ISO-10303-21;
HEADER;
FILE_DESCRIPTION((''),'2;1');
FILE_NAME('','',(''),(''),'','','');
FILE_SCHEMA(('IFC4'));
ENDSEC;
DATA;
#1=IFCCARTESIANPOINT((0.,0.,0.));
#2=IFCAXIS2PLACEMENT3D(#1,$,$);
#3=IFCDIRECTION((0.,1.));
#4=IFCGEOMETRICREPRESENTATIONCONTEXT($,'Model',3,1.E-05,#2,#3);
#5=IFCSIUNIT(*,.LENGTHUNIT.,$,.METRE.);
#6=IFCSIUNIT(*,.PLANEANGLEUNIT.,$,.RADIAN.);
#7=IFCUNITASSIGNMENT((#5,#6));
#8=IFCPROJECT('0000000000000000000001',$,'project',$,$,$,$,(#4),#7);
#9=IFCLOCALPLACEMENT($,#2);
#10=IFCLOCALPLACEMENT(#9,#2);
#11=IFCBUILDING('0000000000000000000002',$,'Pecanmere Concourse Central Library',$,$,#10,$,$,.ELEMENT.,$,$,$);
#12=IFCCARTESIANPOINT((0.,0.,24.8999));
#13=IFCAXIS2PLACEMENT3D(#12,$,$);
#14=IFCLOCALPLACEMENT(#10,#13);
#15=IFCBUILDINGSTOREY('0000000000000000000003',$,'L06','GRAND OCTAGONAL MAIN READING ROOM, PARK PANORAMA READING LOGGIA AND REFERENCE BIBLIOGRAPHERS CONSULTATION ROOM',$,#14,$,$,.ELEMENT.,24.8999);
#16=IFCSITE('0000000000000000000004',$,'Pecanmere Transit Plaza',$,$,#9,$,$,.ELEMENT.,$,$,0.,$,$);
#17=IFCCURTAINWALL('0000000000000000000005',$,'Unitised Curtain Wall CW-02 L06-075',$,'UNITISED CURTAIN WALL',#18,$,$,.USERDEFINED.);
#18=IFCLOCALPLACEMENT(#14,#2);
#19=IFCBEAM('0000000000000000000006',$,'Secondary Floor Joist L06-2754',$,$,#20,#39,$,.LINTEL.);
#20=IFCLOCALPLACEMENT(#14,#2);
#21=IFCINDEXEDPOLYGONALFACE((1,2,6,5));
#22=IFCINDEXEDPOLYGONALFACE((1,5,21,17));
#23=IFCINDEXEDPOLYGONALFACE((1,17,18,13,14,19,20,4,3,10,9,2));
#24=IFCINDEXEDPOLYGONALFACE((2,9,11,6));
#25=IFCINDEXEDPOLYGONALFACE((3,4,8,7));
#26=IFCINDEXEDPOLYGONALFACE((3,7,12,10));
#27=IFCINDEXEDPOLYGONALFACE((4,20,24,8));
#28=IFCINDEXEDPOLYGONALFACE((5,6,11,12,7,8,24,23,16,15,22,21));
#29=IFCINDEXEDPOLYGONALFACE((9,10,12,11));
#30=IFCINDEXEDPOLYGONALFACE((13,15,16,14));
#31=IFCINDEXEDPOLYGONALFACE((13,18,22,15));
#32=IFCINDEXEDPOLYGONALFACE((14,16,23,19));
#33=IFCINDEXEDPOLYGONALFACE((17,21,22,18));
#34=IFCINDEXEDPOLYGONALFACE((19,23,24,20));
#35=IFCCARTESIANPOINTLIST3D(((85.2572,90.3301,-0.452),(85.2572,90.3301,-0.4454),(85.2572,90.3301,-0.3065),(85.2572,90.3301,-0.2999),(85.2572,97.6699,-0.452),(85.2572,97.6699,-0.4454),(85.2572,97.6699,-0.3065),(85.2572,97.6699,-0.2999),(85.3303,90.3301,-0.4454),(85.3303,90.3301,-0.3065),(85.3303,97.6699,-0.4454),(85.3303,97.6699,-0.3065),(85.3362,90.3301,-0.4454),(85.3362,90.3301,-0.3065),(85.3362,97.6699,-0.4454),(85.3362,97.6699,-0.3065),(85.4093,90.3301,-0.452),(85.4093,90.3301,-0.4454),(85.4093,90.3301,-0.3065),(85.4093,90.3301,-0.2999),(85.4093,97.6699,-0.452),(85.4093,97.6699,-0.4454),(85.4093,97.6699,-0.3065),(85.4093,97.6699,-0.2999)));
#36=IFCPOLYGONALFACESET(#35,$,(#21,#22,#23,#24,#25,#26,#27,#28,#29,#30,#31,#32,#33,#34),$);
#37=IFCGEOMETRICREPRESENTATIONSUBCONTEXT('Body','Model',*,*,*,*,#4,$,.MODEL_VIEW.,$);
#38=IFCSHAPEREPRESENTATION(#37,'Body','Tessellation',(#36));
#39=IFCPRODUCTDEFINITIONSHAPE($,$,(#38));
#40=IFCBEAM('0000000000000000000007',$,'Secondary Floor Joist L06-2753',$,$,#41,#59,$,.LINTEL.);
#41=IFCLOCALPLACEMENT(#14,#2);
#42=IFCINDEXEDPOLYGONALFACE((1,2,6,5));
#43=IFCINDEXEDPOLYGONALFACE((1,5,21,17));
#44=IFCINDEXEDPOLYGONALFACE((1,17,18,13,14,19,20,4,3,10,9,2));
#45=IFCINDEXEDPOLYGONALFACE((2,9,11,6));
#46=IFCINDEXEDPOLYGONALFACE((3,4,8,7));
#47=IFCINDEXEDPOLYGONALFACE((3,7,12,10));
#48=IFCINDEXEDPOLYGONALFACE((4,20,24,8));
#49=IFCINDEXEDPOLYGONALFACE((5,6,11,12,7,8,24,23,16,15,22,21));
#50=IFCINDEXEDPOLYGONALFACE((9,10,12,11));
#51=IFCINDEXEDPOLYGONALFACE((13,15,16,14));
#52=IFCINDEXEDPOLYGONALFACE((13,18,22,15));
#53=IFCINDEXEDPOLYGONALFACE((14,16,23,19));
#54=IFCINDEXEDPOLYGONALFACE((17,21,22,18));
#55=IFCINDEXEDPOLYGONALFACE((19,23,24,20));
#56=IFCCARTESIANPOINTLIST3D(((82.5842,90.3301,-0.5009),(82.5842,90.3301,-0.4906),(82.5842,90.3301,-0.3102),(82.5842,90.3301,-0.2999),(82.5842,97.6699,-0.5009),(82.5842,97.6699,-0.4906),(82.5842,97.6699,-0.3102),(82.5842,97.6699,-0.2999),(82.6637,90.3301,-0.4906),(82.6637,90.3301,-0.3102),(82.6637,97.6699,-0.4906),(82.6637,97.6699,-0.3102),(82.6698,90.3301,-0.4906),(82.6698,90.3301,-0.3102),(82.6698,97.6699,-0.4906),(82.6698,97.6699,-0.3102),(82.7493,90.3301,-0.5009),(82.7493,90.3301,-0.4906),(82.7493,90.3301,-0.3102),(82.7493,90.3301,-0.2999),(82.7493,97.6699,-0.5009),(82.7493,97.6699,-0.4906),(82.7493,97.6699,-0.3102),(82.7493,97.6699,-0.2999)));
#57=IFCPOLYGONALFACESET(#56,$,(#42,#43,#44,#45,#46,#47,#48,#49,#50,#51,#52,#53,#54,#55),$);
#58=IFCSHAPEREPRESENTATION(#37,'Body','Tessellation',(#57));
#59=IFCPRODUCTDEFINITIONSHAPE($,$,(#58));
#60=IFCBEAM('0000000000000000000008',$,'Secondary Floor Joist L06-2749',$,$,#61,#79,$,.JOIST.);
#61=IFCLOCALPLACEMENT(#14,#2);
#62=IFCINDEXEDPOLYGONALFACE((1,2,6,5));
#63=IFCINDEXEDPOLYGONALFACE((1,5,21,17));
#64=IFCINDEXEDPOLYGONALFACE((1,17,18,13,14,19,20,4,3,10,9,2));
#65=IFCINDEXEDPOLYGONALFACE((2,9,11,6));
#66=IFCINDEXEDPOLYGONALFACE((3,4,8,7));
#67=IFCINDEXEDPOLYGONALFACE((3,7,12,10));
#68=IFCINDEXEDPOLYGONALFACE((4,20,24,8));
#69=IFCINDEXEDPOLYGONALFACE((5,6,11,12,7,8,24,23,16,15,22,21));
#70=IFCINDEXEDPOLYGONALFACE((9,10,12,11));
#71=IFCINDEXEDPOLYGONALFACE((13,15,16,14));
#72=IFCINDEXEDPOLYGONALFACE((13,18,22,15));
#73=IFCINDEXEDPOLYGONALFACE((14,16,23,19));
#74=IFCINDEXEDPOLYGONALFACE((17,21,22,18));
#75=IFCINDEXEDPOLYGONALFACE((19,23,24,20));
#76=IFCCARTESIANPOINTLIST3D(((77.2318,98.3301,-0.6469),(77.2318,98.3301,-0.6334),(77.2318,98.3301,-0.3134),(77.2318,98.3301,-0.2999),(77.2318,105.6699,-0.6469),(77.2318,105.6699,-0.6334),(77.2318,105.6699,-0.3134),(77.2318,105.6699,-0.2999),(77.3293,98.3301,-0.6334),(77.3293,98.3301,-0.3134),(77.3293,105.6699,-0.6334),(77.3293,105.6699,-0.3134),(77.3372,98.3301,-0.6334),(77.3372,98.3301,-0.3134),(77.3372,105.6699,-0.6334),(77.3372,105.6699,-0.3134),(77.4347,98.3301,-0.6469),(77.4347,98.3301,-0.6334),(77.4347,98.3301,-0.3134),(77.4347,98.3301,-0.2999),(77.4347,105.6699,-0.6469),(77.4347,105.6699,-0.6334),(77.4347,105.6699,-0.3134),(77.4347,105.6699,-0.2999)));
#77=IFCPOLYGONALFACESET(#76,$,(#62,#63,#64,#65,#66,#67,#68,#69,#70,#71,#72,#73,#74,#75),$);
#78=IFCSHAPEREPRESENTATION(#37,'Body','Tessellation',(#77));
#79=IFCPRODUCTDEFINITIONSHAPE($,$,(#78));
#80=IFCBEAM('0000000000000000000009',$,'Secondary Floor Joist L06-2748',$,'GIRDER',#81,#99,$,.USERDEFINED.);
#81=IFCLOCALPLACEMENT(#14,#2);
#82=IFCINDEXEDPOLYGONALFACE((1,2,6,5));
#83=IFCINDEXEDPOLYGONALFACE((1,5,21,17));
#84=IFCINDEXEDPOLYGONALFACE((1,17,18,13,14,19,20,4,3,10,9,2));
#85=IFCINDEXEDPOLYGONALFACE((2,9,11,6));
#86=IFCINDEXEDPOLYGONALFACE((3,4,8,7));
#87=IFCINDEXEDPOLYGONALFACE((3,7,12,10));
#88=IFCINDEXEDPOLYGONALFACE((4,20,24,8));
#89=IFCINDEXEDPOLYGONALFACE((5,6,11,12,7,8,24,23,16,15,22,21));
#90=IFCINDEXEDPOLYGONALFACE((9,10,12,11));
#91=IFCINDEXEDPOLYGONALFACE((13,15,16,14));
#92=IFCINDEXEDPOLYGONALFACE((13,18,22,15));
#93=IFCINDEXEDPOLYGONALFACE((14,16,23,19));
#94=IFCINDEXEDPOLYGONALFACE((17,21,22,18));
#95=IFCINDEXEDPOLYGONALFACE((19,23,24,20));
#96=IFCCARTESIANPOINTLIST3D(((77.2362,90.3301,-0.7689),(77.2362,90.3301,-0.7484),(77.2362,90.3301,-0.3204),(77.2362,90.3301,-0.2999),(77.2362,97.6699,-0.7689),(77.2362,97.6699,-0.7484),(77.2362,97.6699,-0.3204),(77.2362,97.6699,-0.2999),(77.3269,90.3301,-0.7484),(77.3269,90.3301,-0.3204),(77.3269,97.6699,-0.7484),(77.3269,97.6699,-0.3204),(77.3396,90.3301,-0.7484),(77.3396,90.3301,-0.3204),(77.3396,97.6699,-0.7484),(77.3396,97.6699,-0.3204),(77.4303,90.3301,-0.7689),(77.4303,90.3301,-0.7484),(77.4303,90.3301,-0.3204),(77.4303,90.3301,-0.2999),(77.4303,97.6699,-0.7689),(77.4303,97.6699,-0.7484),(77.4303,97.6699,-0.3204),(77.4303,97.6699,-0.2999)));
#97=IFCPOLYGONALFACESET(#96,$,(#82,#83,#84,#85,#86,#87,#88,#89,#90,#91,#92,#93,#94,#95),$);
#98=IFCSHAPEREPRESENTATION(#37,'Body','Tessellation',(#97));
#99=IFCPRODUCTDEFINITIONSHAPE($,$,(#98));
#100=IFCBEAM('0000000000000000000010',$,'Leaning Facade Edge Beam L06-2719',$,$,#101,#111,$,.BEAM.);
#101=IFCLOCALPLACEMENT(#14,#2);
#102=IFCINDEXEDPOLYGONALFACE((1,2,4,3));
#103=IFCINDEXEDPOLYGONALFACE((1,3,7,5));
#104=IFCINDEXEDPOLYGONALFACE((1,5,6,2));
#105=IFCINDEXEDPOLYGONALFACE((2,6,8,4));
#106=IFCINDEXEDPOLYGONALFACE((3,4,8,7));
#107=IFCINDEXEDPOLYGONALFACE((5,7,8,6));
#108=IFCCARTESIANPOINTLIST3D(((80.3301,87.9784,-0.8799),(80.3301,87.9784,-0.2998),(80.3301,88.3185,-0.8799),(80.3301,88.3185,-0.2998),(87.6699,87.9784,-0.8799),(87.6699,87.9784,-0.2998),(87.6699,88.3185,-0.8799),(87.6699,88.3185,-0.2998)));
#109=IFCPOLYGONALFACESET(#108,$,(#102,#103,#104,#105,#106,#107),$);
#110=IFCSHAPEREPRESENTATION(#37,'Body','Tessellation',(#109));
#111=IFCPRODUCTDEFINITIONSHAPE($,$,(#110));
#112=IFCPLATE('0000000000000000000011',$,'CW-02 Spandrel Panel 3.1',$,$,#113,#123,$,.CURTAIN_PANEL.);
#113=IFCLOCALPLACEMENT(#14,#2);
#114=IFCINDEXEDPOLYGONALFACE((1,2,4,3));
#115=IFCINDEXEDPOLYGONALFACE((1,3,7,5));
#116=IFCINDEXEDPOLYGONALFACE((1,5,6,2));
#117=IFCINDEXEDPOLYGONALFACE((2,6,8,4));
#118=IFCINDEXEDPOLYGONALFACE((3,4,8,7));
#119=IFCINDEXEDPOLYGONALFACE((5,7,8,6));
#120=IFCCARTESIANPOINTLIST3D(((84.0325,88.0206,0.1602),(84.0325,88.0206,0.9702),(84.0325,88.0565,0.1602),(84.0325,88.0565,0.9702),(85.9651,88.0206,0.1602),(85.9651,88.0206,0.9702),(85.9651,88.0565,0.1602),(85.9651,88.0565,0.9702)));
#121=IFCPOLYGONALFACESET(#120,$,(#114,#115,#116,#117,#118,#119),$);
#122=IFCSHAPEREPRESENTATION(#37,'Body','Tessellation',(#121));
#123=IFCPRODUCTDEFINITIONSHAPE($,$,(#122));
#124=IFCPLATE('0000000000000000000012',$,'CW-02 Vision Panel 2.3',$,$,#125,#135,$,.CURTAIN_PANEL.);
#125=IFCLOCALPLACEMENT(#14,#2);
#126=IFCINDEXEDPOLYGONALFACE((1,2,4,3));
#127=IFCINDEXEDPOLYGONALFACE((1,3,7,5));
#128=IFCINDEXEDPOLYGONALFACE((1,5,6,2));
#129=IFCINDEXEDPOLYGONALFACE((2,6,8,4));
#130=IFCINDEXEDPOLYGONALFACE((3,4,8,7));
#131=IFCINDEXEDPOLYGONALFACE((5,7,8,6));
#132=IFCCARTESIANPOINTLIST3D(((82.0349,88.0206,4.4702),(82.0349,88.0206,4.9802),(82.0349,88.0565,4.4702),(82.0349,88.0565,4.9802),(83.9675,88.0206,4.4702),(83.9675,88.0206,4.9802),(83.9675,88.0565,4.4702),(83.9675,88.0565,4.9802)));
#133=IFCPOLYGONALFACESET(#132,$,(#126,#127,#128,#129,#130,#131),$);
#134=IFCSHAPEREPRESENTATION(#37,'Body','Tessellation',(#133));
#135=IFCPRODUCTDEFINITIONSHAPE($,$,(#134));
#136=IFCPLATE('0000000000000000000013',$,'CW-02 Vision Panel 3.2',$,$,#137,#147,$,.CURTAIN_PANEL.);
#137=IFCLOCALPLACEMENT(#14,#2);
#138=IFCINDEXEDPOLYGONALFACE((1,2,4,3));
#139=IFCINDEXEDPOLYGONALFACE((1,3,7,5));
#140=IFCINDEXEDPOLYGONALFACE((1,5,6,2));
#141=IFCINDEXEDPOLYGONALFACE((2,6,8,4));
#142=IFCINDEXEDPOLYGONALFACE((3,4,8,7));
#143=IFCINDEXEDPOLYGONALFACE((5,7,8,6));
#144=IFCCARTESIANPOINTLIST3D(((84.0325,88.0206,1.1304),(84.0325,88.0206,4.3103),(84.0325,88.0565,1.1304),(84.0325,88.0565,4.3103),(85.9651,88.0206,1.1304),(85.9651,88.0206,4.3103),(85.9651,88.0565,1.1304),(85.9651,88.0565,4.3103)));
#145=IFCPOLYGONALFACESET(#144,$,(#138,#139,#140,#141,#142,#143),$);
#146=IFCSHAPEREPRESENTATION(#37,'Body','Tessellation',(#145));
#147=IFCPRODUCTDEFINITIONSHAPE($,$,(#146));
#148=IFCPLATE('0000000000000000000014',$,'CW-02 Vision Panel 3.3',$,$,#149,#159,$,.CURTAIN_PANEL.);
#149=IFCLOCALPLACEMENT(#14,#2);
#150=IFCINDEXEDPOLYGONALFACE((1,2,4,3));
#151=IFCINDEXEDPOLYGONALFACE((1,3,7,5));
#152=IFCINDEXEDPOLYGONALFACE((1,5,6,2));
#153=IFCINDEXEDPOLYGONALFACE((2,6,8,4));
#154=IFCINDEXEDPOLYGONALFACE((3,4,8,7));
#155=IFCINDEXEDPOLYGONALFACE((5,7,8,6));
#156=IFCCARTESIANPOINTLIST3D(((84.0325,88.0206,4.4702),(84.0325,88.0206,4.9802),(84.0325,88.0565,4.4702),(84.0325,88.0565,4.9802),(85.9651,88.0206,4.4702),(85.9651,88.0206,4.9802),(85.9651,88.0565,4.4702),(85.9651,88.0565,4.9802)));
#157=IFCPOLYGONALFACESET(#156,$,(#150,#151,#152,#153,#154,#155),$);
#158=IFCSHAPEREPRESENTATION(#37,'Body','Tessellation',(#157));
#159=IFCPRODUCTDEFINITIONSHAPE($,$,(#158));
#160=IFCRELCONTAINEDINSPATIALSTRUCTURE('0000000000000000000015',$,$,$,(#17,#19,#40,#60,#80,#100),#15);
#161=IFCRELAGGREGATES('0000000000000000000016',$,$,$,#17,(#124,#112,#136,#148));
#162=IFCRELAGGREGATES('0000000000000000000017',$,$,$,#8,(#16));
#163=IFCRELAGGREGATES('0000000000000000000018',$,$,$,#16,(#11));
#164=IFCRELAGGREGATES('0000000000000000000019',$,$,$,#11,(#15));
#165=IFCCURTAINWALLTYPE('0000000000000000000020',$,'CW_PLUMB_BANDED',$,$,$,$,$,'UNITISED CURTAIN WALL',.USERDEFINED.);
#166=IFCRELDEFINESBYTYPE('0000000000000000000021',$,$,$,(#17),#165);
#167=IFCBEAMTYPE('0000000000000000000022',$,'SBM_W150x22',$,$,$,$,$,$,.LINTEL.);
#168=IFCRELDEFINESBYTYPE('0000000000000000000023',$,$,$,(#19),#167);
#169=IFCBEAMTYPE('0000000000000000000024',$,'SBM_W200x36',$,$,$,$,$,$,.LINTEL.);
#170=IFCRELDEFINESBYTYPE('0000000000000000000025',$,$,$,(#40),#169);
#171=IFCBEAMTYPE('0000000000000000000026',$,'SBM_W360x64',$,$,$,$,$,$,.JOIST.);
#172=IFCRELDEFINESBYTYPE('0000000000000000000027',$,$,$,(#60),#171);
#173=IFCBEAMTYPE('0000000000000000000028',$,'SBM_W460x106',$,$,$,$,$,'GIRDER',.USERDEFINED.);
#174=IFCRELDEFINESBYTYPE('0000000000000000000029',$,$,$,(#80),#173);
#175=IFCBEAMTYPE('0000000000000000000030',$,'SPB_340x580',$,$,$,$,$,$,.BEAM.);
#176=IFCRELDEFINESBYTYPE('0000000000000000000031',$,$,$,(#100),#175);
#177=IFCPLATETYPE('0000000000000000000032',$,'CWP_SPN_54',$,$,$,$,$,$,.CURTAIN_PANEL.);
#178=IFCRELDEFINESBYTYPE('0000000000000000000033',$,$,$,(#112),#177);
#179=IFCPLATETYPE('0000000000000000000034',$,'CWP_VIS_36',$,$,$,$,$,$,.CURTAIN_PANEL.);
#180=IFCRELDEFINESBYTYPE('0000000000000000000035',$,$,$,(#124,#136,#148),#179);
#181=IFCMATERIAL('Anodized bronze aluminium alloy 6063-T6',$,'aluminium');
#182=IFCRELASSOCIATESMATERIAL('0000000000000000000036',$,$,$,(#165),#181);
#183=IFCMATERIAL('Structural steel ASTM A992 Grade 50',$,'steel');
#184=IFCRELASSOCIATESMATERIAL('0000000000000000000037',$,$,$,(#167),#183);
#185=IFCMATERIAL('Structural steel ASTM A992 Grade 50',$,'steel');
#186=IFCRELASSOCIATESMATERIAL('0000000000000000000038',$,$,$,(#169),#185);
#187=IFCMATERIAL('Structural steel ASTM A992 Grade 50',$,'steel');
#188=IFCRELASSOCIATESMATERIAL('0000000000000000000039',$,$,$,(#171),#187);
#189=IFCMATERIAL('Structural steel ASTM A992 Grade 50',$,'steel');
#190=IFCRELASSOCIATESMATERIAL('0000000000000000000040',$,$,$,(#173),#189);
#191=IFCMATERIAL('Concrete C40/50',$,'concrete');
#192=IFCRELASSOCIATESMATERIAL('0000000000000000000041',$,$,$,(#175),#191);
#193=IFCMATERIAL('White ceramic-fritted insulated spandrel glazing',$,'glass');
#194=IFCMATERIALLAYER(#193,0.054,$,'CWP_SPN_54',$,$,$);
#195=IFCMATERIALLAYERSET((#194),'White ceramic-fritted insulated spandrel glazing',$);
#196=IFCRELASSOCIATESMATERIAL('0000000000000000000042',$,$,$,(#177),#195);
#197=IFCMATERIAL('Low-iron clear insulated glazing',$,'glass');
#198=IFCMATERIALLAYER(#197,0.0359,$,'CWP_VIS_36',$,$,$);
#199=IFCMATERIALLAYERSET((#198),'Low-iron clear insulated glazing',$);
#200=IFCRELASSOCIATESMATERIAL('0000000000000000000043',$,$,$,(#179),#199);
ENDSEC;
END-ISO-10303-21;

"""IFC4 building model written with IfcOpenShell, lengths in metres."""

from ifc_helpers import new_model, si_unit, direction, frame, origin, origin_2d, place, context, subcontext, project, spatial, rectangle, i_section, extrude, material, layer, layer_set, material_profile, profile_set, type_object, element, aggregate, save


model = new_model("IFC4")

# Units and contexts
model_context = context("Model", 3, precision=1e-05, world=origin(), true_north=direction((0.0, 1.0)))
body_context = subcontext(model_context, "Body", "Model", "MODEL_VIEW")
ifc_project = project(units=[si_unit("LENGTHUNIT", "METRE"), si_unit("PLANEANGLEUNIT", "RADIAN")], contexts=[model_context])

# Site, building, storey
site_placement = place(None, origin())
site = spatial("IfcSite", under=ifc_project, at=site_placement, Name="Pecanmere Transit Plaza", CompositionType="ELEMENT", RefElevation=0.0)
building_placement = place(site_placement, origin())
building = spatial("IfcBuilding", under=site, at=building_placement, Name="Pecanmere Concourse Central Library", CompositionType="ELEMENT")
storey_placement = place(building_placement, frame((0.0, 0.0, 24.8999)))
storey = spatial("IfcBuildingStorey", under=building, at=storey_placement, Name="L06", Description="GRAND OCTAGONAL MAIN READING ROOM, PARK PANORAMA READING LOGGIA AND REFERENCE BIBLIOGRAPHERS CONSULTATION ROOM", CompositionType="ELEMENT", Elevation=24.8999)

# Curtain wall
ifc_material_1 = material(Name="Anodized bronze aluminium alloy 6063-T6", Category="aluminium")
curtain_wall_type = type_object("IfcCurtainWallType", Name="CW_PLUMB_BANDED", ElementType="UNITISED CURTAIN WALL", PredefinedType="USERDEFINED", material=ifc_material_1)
curtain_wall_placement = place(storey_placement, origin())
curtain_wall = element("IfcCurtainWall", 1, at=curtain_wall_placement, inside=storey, type_object=curtain_wall_type, Name="Unitised Curtain Wall CW-02 L06-075", ObjectType="UNITISED CURTAIN WALL", PredefinedType="USERDEFINED")

# Beams
ifc_material_2 = material(Name="Structural steel ASTM A992 Grade 50", Category="steel")
ifc_material_profile_1 = material_profile(ifc_material_2, i_section(OverallWidth=0.1521, OverallDepth=0.1521, WebThickness=0.0059, FlangeThickness=0.0066, at=origin_2d()), Name="W150x22.5")
ifc_profile_set_1 = profile_set([ifc_material_profile_1], Name="Structural steel ASTM A992 Grade 50")
beam_type_1 = type_object("IfcBeamType", Name="SBM_W150x22", PredefinedType="LINTEL", material=ifc_profile_set_1)
beam_1_placement = place(storey_placement, frame((85.3333, 90.3301, -0.376), z_axis=(0.0, 1.0, 0.0), x_axis=(-1.0, 0.0, 0.0)))
element("IfcBeam", 2, at=beam_1_placement, inside=storey, type_object=beam_type_1, Name="Secondary Floor Joist L06-2754", PredefinedType="LINTEL", context=body_context, shape_type="SweptSolid", body=[
    extrude(i_section(OverallWidth=0.1521, OverallDepth=0.1521, WebThickness=0.0059, FlangeThickness=0.0066, at=origin_2d()), origin(), (0.0, 0.0, 1.0), 7.3398),
])
ifc_material_3 = material(Name="Structural steel ASTM A992 Grade 50", Category="steel")
ifc_material_profile_2 = material_profile(ifc_material_3, i_section(OverallWidth=0.165, OverallDepth=0.2009, WebThickness=0.0061, FlangeThickness=0.0103, at=origin_2d()), Name="W200x35.9")
ifc_profile_set_2 = profile_set([ifc_material_profile_2], Name="Structural steel ASTM A992 Grade 50")
beam_type_2 = type_object("IfcBeamType", Name="SBM_W200x36", PredefinedType="LINTEL", material=ifc_profile_set_2)
beam_2_placement = place(storey_placement, frame((82.6667, 90.3301, -0.4004), z_axis=(0.0, 1.0, 0.0), x_axis=(-1.0, 0.0, 0.0)))
element("IfcBeam", 3, at=beam_2_placement, inside=storey, type_object=beam_type_2, Name="Secondary Floor Joist L06-2753", PredefinedType="LINTEL", context=body_context, shape_type="SweptSolid", body=[
    extrude(i_section(OverallWidth=0.165, OverallDepth=0.2009, WebThickness=0.0061, FlangeThickness=0.0103, at=origin_2d()), origin(), (0.0, 0.0, 1.0), 7.3398),
])
ifc_material_4 = material(Name="Structural steel ASTM A992 Grade 50", Category="steel")
ifc_material_profile_3 = material_profile(ifc_material_4, i_section(OverallWidth=0.2029, OverallDepth=0.3469, WebThickness=0.0078, FlangeThickness=0.0134, at=origin_2d()), Name="W360x64")
ifc_profile_set_3 = profile_set([ifc_material_profile_3], Name="Structural steel ASTM A992 Grade 50")
beam_type_3 = type_object("IfcBeamType", Name="SBM_W360x64", PredefinedType="JOIST", material=ifc_profile_set_3)
beam_3_placement = place(storey_placement, frame((77.3333, 98.3301, -0.4734), z_axis=(0.0, 1.0, 0.0), x_axis=(-1.0, 0.0, 0.0)))
element("IfcBeam", 4, at=beam_3_placement, inside=storey, type_object=beam_type_3, Name="Secondary Floor Joist L06-2749", PredefinedType="JOIST", context=body_context, shape_type="SweptSolid", body=[
    extrude(i_section(OverallWidth=0.2029, OverallDepth=0.3469, WebThickness=0.0078, FlangeThickness=0.0134, at=origin_2d()), origin(), (0.0, 0.0, 1.0), 7.3398),
])
ifc_material_5 = material(Name="Structural steel ASTM A992 Grade 50", Category="steel")
ifc_material_profile_4 = material_profile(ifc_material_5, i_section(OverallWidth=0.1941, OverallDepth=0.469, WebThickness=0.0127, FlangeThickness=0.0205, at=origin_2d()), Name="W460x106")
ifc_profile_set_4 = profile_set([ifc_material_profile_4], Name="Structural steel ASTM A992 Grade 50")
beam_type_4 = type_object("IfcBeamType", Name="SBM_W460x106", ElementType="GIRDER", PredefinedType="USERDEFINED", material=ifc_profile_set_4)
beam_4_placement = place(storey_placement, frame((77.3333, 90.3301, -0.5344), z_axis=(0.0, 1.0, 0.0), x_axis=(-1.0, 0.0, 0.0)))
element("IfcBeam", 5, at=beam_4_placement, inside=storey, type_object=beam_type_4, Name="Secondary Floor Joist L06-2748", ObjectType="GIRDER", PredefinedType="USERDEFINED", context=body_context, shape_type="SweptSolid", body=[
    extrude(i_section(OverallWidth=0.1941, OverallDepth=0.469, WebThickness=0.0127, FlangeThickness=0.0205, at=origin_2d()), origin(), (0.0, 0.0, 1.0), 7.3398),
])
ifc_material_6 = material(Name="Concrete C40/50", Category="concrete")
ifc_material_profile_5 = material_profile(ifc_material_6, rectangle(XDim=0.3401, YDim=0.5801, at=origin_2d()), Name="RC 340x580")
ifc_profile_set_5 = profile_set([ifc_material_profile_5], Name="Concrete C40/50")
beam_type_5 = type_object("IfcBeamType", Name="SPB_340x580", PredefinedType="BEAM", material=ifc_profile_set_5)
beam_5_placement = place(storey_placement, frame((80.3301, 88.1484, -0.5898), z_axis=(1.0, 0.0, 0.0), x_axis=(0.0, 1.0, 0.0)))
element("IfcBeam", 6, at=beam_5_placement, inside=storey, type_object=beam_type_5, Name="Leaning Facade Edge Beam L06-2719", PredefinedType="BEAM", context=body_context, shape_type="SweptSolid", body=[
    extrude(rectangle(XDim=0.3401, YDim=0.5801, at=origin_2d()), origin(), (0.0, 0.0, 1.0), 7.3398),
])

# Plates
ifc_material_7 = material(Name="White ceramic-fritted insulated spandrel glazing", Category="glass")
ifc_layer_1 = layer(ifc_material_7, 0.054, Name="CWP_SPN_54")
ifc_layer_set_1 = layer_set([ifc_layer_1], Name="White ceramic-fritted insulated spandrel glazing")
plate_type_1 = type_object("IfcPlateType", Name="CWP_SPN_54", PredefinedType="CURTAIN_PANEL", material=ifc_layer_set_1)
plate_1_placement = place(storey_placement, frame((84.9988, 88.0386, 0.1602), z_axis=(0.0, 0.0, 1.0), x_axis=(1.0, 0.0, 0.0)))
plate_1 = element("IfcPlate", 7, at=plate_1_placement, type_object=plate_type_1, Name="CW-02 Spandrel Panel 3.1", PredefinedType="CURTAIN_PANEL", context=body_context, shape_type="SweptSolid", body=[
    extrude(rectangle(XDim=1.9326, YDim=0.0359, at=origin_2d()), origin(), (0.0, 0.0, 1.0), 0.8101),
])
ifc_material_8 = material(Name="Low-iron clear insulated glazing", Category="glass")
ifc_layer_2 = layer(ifc_material_8, 0.0359, Name="CWP_VIS_36")
ifc_layer_set_2 = layer_set([ifc_layer_2], Name="Low-iron clear insulated glazing")
plate_type_2 = type_object("IfcPlateType", Name="CWP_VIS_36", PredefinedType="CURTAIN_PANEL", material=ifc_layer_set_2)
plate_2_placement = place(storey_placement, frame((83.0012, 88.0386, 4.4702), z_axis=(0.0, 0.0, 1.0), x_axis=(1.0, 0.0, 0.0)))
plate_2 = element("IfcPlate", 8, at=plate_2_placement, type_object=plate_type_2, Name="CW-02 Vision Panel 2.3", PredefinedType="CURTAIN_PANEL", context=body_context, shape_type="SweptSolid", body=[
    extrude(rectangle(XDim=1.9326, YDim=0.0359, at=origin_2d()), origin(), (0.0, 0.0, 1.0), 0.51),
])
plate_3_placement = place(storey_placement, frame((84.9988, 88.0386, 1.1304), z_axis=(0.0, 0.0, 1.0), x_axis=(1.0, 0.0, 0.0)))
plate_3 = element("IfcPlate", 9, at=plate_3_placement, type_object=plate_type_2, Name="CW-02 Vision Panel 3.2", PredefinedType="CURTAIN_PANEL", context=body_context, shape_type="SweptSolid", body=[
    extrude(rectangle(XDim=1.9326, YDim=0.0359, at=origin_2d()), origin(), (0.0, 0.0, 1.0), 3.1799),
])
plate_4_placement = place(storey_placement, frame((84.9988, 88.0386, 4.4702), z_axis=(0.0, 0.0, 1.0), x_axis=(1.0, 0.0, 0.0)))
plate_4 = element("IfcPlate", 10, at=plate_4_placement, type_object=plate_type_2, Name="CW-02 Vision Panel 3.3", PredefinedType="CURTAIN_PANEL", context=body_context, shape_type="SweptSolid", body=[
    extrude(rectangle(XDim=1.9326, YDim=0.0359, at=origin_2d()), origin(), (0.0, 0.0, 1.0), 0.51),
])
aggregate(curtain_wall, [plate_2, plate_1, plate_3, plate_4])

save(model, "model.ifc")
